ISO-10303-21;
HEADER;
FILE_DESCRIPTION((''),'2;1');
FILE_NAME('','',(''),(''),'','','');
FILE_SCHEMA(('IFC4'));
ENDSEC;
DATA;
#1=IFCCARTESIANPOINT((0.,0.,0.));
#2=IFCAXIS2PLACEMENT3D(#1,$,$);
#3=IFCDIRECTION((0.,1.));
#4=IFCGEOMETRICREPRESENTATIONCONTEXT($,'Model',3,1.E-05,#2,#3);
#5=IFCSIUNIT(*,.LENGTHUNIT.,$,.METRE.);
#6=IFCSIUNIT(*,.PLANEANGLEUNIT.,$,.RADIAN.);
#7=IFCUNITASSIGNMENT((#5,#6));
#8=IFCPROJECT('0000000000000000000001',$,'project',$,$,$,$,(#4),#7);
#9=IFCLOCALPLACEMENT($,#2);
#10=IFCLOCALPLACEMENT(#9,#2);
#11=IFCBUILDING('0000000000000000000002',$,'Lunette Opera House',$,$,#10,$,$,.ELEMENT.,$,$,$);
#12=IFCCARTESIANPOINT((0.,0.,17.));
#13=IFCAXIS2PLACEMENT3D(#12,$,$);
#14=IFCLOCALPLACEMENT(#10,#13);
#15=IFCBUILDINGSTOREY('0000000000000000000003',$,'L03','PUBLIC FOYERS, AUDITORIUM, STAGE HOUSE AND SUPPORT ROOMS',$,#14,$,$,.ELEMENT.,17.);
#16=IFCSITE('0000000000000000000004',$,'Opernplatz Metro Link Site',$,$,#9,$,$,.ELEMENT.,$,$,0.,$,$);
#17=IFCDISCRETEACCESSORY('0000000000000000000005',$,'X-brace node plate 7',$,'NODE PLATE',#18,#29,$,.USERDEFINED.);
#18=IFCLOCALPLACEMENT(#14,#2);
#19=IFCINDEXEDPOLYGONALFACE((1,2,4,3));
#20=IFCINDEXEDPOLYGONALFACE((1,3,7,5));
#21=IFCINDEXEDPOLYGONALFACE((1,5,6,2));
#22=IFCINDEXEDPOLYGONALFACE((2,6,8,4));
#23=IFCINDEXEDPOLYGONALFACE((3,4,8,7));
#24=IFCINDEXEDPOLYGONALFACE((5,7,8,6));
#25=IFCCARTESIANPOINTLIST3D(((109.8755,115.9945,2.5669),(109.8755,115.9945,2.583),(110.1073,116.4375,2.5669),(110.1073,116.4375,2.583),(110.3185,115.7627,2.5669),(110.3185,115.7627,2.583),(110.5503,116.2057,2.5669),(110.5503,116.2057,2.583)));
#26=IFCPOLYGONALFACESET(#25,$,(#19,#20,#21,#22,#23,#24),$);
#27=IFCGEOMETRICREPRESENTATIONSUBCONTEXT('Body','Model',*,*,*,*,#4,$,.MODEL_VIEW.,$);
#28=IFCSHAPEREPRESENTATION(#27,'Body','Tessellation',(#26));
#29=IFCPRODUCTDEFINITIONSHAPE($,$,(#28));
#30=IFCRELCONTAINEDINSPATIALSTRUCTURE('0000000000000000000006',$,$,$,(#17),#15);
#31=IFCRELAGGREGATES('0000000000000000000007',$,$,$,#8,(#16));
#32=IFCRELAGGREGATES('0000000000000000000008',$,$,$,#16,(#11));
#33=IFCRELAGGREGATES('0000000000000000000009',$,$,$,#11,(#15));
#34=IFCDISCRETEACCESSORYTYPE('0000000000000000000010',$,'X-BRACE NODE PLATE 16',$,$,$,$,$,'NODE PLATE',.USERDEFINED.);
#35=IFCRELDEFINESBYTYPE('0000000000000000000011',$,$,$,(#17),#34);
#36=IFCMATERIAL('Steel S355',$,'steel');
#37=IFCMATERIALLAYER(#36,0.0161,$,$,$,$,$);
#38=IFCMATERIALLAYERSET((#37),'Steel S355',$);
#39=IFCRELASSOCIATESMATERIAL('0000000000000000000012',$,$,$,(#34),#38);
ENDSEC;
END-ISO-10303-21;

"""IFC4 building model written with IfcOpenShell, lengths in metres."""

from ifc_helpers import new_model, si_unit, direction, frame, origin, origin_2d, place, context, subcontext, project, spatial, rectangle, extrude, material, layer, layer_set, type_object, element, save


model = new_model("IFC4")

# Units and contexts
model_context = context("Model", 3, precision=1e-05, world=origin(), true_north=direction((0.0, 1.0)))
body_context = subcontext(model_context, "Body", "Model", "MODEL_VIEW")
ifc_project = project(units=[si_unit("LENGTHUNIT", "METRE"), si_unit("PLANEANGLEUNIT", "RADIAN")], contexts=[model_context])

# Site, building, storey
site_placement = place(None, origin())
site = spatial("IfcSite", under=ifc_project, at=site_placement, Name="Opernplatz Metro Link Site", CompositionType="ELEMENT", RefElevation=0.0)
building_placement = place(site_placement, origin())
building = spatial("IfcBuilding", under=site, at=building_placement, Name="Lunette Opera House", CompositionType="ELEMENT")
storey_placement = place(building_placement, frame((0.0, 0.0, 17.0)))
storey = spatial("IfcBuildingStorey", under=building, at=storey_placement, Name="L03", Description="PUBLIC FOYERS, AUDITORIUM, STAGE HOUSE AND SUPPORT ROOMS", CompositionType="ELEMENT", Elevation=17.0)

# Discrete accessory
ifc_material_1 = material(Name="Steel S355", Category="steel")
ifc_layer_1 = layer(ifc_material_1, 0.0161)
ifc_layer_set_1 = layer_set([ifc_layer_1], Name="Steel S355")
discrete_accessory_type_1 = type_object("IfcDiscreteAccessoryType", Name="X-BRACE NODE PLATE 16", ElementType="NODE PLATE", PredefinedType="USERDEFINED", material=ifc_layer_set_1)
discrete_accessory_placement = place(storey_placement, frame((110.2129, 116.1001, 2.5669), z_axis=(0.0, 0.0, 1.0), x_axis=(0.463547, 0.886073, 0.0)))
element("IfcDiscreteAccessory", 1, at=discrete_accessory_placement, inside=storey, type_object=discrete_accessory_type_1, Name="X-brace node plate 7", ObjectType="NODE PLATE", PredefinedType="USERDEFINED", context=body_context, shape_type="SweptSolid", body=[
    extrude(rectangle(XDim=0.5, YDim=0.5, at=origin_2d()), origin(), (0.0, 0.0, 1.0), 0.0161),
])

save(model, "model.ifc")
